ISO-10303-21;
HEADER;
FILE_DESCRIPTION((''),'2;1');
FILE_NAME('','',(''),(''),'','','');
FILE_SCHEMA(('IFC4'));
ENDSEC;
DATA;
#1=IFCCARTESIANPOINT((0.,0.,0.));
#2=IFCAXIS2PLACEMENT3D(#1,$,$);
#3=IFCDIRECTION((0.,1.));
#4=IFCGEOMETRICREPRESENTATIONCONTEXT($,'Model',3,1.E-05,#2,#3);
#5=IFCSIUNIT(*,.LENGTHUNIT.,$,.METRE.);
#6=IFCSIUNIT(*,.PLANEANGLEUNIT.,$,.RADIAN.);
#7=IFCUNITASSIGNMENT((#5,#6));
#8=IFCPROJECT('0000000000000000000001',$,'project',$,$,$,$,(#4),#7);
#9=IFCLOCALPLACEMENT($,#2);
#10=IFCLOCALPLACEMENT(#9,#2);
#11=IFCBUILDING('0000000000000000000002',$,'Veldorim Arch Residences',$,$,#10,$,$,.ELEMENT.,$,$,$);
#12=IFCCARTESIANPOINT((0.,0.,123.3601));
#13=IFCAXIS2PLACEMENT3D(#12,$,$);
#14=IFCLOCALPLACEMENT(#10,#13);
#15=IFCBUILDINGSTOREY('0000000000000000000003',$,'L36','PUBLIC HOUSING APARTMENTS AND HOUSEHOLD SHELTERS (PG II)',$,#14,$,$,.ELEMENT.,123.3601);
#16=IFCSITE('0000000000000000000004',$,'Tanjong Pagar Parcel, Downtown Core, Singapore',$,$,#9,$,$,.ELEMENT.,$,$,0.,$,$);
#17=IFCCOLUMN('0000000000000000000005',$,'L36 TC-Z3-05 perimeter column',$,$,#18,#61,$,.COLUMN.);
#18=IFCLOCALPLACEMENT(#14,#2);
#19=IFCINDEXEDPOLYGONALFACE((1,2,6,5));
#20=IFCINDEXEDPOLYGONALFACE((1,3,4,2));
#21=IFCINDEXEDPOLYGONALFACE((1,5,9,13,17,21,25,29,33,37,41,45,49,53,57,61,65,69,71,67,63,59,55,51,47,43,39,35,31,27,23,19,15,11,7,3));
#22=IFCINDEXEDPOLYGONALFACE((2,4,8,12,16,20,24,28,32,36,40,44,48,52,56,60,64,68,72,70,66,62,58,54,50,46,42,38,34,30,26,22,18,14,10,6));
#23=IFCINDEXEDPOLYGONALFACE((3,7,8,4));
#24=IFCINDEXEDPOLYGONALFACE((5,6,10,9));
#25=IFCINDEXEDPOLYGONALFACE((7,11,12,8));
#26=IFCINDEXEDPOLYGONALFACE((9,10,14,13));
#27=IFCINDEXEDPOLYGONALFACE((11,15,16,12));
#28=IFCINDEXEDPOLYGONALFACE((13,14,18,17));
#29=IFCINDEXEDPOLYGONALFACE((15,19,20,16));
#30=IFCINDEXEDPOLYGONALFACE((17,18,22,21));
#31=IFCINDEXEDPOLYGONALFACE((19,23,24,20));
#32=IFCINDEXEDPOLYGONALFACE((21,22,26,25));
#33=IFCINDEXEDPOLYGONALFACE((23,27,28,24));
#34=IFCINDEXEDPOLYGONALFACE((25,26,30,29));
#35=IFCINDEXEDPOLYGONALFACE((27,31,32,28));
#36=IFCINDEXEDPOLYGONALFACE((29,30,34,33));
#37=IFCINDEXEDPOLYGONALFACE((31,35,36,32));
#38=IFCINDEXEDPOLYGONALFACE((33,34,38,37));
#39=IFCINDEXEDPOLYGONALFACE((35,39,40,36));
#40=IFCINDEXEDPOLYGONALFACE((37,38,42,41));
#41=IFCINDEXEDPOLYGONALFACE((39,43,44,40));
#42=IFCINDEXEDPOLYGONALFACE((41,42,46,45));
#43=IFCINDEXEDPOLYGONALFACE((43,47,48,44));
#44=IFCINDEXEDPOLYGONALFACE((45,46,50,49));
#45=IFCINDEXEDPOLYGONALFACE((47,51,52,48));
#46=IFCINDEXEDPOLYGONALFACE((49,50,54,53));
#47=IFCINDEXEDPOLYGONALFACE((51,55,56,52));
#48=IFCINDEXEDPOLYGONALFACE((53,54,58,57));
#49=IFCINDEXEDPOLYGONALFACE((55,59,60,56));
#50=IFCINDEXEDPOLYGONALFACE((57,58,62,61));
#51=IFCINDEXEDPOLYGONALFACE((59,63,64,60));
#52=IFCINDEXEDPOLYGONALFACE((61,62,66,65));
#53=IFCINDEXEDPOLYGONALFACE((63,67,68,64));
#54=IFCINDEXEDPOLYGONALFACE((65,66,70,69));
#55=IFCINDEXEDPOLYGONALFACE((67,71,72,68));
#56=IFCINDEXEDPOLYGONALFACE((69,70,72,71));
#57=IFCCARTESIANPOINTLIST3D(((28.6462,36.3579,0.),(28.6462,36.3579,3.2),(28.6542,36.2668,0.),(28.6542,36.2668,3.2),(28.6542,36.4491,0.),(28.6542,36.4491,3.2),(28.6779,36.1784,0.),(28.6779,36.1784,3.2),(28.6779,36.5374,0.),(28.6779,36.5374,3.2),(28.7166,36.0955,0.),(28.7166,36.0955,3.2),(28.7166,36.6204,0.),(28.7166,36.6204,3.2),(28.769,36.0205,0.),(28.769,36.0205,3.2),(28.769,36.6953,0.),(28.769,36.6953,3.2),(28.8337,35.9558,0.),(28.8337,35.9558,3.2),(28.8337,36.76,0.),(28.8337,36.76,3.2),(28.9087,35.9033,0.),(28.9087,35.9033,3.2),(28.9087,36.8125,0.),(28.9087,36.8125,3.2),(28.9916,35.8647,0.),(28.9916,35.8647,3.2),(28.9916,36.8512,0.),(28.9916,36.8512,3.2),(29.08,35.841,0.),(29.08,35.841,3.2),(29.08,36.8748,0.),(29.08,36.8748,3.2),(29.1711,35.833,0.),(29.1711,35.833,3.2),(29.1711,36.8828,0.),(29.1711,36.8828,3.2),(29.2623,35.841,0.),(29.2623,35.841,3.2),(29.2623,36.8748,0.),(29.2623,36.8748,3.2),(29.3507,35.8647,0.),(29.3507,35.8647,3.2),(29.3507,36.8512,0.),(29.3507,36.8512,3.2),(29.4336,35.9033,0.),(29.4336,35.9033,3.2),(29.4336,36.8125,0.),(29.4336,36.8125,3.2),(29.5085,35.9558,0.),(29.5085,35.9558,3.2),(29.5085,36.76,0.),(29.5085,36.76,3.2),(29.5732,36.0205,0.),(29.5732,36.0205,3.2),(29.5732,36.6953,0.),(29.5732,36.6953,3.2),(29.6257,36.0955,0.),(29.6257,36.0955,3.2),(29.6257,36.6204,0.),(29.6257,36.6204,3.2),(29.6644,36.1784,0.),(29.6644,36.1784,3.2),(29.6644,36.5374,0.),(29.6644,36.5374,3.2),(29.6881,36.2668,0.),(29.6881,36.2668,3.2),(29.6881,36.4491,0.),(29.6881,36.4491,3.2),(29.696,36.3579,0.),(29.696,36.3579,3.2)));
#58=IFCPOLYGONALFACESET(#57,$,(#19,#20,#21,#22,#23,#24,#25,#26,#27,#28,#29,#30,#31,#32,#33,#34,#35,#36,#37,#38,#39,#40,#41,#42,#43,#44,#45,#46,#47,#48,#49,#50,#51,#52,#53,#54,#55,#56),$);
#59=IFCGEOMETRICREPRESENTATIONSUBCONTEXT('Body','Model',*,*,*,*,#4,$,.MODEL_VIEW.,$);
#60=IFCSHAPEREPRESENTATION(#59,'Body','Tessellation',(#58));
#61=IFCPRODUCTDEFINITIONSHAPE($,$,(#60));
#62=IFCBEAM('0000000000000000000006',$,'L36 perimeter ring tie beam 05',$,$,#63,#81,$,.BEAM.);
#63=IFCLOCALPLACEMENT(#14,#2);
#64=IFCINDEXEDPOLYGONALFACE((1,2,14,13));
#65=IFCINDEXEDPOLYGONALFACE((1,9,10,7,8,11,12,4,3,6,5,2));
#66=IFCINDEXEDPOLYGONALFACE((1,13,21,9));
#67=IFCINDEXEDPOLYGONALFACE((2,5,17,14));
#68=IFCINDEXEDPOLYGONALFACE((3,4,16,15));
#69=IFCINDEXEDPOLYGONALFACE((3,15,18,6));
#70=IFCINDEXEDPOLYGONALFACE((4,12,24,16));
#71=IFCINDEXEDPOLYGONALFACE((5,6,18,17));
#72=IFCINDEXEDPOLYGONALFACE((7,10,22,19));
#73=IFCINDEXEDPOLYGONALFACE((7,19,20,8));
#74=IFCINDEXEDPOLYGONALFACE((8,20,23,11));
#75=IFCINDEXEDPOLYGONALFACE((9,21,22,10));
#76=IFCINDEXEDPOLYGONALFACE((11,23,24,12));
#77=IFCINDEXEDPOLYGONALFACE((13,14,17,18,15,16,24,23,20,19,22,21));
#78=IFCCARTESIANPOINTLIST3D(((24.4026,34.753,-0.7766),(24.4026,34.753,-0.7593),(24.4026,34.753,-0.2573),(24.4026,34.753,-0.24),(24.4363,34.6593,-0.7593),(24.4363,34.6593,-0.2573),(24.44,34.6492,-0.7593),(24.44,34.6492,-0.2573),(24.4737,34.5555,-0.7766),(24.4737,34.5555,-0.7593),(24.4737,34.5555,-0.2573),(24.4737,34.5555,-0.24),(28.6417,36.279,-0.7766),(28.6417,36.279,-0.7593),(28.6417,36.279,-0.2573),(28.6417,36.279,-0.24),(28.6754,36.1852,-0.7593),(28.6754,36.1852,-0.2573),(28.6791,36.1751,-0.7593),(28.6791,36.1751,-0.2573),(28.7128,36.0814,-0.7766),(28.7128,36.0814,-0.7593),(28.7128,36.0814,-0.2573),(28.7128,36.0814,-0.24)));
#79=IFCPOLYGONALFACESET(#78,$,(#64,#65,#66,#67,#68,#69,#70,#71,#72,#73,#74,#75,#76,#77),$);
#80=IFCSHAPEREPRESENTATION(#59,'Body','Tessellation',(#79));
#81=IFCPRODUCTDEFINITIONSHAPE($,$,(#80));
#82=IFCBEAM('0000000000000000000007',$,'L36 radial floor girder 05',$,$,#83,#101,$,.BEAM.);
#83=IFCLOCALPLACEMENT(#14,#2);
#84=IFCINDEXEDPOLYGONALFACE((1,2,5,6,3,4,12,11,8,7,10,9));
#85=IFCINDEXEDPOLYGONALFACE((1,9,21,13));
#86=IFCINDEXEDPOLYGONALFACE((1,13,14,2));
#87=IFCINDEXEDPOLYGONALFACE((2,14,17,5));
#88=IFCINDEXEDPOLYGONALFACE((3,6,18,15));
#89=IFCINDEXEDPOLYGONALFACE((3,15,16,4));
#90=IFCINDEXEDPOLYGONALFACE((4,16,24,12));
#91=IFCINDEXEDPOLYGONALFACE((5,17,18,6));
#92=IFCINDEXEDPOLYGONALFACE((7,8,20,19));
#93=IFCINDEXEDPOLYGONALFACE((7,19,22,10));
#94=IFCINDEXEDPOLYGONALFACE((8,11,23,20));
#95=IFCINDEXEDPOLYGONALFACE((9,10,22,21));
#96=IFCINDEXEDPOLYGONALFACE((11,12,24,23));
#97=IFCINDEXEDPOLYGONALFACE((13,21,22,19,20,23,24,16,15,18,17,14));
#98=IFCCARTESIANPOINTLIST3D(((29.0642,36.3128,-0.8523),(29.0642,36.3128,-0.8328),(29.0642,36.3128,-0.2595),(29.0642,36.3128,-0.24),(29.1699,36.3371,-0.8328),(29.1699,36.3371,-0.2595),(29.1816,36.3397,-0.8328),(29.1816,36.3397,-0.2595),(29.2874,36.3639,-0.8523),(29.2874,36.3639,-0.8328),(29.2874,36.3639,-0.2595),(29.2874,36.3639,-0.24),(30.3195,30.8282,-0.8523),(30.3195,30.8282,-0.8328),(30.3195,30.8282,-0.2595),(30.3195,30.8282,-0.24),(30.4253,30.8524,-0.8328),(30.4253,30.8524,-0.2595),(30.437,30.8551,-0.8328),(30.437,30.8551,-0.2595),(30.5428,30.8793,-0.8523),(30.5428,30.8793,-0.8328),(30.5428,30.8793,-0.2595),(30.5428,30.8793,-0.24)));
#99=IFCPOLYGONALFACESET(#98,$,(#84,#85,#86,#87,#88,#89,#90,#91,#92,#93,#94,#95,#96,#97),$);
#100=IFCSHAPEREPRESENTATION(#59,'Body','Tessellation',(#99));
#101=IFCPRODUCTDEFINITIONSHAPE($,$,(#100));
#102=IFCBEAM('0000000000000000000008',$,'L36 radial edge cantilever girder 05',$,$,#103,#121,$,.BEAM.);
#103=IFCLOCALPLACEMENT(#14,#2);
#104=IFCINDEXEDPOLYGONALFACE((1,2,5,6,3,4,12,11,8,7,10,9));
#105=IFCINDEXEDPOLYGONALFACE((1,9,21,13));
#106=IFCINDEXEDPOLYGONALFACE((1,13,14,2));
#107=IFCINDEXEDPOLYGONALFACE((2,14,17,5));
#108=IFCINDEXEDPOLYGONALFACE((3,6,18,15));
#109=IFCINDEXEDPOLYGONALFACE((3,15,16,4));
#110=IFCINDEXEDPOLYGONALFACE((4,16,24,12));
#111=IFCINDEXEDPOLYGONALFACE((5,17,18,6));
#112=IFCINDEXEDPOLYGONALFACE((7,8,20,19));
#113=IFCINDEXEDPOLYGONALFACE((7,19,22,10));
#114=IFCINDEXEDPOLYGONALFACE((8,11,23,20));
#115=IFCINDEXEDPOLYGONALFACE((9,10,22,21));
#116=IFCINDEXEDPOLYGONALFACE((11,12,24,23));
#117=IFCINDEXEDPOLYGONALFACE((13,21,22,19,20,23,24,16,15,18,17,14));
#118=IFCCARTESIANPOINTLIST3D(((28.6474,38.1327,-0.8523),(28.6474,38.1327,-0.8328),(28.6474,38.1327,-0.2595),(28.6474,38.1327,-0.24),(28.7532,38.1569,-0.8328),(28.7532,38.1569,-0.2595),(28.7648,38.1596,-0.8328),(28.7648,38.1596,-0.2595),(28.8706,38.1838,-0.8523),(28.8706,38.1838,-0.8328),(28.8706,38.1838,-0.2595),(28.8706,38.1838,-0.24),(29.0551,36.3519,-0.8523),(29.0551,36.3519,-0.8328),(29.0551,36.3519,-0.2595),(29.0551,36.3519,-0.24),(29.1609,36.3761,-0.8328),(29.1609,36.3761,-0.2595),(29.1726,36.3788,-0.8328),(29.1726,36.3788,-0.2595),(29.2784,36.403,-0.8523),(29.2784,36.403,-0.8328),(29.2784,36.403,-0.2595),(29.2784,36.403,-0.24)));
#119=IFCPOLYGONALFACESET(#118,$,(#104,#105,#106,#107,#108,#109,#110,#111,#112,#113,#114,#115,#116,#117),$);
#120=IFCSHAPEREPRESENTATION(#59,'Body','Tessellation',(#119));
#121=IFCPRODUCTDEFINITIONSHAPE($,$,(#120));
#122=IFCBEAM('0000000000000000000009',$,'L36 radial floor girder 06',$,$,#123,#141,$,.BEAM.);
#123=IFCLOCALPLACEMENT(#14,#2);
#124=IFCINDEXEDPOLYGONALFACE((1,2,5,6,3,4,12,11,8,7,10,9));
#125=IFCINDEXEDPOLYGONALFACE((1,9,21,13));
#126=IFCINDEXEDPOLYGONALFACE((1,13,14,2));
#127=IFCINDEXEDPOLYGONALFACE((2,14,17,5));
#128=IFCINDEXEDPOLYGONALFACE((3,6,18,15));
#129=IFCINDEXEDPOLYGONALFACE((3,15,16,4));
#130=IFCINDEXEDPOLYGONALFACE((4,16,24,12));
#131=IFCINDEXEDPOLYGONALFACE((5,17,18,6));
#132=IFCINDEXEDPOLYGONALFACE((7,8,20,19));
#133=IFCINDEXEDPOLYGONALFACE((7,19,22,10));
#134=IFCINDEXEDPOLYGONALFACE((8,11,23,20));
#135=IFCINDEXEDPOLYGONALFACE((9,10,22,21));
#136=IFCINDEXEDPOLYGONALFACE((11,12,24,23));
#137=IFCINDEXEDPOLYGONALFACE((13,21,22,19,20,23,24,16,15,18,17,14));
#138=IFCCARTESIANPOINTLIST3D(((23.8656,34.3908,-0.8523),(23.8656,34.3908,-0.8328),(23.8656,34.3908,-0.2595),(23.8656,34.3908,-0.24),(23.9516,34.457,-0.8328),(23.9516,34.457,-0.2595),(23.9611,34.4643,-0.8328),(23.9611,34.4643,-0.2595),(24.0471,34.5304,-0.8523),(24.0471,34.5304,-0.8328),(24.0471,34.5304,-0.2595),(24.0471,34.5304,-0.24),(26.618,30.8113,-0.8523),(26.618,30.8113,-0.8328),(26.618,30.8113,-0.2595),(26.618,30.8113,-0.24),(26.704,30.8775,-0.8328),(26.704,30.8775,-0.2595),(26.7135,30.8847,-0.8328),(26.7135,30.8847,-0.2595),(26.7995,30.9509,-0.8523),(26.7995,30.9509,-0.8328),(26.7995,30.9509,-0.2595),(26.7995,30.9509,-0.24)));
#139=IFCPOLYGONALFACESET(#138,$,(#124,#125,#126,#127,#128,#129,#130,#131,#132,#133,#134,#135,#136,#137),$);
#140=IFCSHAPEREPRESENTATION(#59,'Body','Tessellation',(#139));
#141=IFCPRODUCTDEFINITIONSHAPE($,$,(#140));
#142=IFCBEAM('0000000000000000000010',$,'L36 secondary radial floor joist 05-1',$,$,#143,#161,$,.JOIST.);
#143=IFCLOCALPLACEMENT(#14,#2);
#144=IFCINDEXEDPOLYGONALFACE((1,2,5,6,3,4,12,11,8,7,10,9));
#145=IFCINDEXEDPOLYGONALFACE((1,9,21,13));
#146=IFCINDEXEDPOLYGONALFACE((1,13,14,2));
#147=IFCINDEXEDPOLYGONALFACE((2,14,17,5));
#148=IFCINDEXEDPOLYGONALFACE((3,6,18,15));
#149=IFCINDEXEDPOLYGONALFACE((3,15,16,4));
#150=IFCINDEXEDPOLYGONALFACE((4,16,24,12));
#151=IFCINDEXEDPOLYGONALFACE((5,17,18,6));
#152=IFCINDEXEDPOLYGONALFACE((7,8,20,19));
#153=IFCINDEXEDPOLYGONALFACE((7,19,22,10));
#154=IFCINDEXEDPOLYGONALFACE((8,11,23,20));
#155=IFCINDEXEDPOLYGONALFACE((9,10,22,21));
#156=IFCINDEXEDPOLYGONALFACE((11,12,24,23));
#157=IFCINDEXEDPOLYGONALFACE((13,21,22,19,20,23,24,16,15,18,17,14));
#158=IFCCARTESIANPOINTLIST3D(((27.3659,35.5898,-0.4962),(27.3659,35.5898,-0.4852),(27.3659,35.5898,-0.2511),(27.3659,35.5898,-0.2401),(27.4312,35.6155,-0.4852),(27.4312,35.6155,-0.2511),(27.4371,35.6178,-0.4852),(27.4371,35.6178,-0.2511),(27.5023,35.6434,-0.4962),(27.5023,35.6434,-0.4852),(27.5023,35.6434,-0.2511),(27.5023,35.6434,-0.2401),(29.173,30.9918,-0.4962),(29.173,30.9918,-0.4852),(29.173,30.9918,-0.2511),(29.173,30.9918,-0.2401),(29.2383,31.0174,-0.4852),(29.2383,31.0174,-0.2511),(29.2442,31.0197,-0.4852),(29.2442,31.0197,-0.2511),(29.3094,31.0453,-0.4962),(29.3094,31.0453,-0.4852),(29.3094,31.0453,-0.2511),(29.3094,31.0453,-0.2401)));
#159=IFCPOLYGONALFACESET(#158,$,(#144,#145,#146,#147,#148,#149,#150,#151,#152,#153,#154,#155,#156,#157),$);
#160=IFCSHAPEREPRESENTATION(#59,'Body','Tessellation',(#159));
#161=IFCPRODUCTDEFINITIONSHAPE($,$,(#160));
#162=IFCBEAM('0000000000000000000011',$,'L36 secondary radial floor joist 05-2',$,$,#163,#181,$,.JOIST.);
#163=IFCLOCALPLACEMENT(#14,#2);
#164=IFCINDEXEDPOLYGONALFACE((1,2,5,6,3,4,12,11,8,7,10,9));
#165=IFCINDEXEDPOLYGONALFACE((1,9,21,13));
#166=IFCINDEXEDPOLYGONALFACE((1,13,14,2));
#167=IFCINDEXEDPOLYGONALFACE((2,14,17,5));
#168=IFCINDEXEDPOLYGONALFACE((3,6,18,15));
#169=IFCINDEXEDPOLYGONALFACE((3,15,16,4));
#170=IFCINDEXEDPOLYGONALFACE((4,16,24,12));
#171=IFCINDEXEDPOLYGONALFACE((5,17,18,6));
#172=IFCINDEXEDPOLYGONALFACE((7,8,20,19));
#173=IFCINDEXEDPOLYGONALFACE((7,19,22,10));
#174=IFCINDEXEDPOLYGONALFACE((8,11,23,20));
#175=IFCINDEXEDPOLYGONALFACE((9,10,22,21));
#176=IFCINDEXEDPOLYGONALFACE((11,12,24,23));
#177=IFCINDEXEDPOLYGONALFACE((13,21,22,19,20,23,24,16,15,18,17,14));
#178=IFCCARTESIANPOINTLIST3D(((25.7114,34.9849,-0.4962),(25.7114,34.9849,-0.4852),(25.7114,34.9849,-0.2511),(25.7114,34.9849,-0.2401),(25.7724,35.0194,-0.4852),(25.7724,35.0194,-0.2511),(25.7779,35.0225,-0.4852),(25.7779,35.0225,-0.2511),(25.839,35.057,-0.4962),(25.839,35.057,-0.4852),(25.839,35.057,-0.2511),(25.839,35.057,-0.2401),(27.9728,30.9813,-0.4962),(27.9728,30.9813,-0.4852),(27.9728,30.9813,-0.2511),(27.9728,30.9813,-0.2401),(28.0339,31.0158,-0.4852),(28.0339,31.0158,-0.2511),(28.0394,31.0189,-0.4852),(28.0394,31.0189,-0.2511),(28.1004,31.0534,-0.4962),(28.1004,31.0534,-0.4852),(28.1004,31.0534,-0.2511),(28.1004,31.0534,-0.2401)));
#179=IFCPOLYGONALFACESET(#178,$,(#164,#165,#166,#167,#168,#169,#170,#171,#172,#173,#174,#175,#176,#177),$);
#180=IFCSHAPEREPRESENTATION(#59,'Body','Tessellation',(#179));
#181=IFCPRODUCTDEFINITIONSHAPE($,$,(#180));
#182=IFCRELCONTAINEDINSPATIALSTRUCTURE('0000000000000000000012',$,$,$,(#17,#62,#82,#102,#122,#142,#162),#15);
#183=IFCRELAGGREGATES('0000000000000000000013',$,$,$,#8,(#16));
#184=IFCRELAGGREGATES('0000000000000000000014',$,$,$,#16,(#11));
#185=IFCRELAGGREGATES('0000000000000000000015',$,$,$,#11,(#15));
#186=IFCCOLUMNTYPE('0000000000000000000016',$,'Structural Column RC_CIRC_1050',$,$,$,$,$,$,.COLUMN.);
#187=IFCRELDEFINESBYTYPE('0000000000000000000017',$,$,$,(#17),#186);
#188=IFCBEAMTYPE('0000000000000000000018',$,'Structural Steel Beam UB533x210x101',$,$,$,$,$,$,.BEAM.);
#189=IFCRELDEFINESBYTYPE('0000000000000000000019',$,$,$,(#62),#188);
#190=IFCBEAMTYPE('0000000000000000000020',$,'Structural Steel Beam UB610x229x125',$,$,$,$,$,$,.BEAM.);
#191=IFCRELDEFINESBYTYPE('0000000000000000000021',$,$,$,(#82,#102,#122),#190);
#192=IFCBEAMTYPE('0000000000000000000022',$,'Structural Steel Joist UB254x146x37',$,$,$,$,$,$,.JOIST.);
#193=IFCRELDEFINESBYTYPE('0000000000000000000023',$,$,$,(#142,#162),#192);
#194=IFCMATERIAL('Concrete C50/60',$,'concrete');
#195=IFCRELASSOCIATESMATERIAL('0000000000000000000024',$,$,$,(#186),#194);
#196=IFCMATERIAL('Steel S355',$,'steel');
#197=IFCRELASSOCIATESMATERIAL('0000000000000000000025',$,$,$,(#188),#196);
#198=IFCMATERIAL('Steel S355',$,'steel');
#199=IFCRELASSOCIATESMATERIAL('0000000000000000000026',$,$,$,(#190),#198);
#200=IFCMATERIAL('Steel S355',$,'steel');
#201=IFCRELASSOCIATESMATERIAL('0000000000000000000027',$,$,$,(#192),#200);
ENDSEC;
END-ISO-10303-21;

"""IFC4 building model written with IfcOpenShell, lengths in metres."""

from ifc_helpers import new_model, si_unit, direction, frame, origin, origin_2d, place, context, subcontext, project, spatial, circle, i_section, extrude, material, material_profile, profile_set, type_object, element, save


model = new_model("IFC4")

# Units and contexts
model_context = context("Model", 3, precision=1e-05, world=origin(), true_north=direction((0.0, 1.0)))
body_context = subcontext(model_context, "Body", "Model", "MODEL_VIEW")
ifc_project = project(units=[si_unit("LENGTHUNIT", "METRE"), si_unit("PLANEANGLEUNIT", "RADIAN")], contexts=[model_context])

# Site, building, storey
site_placement = place(None, origin())
site = spatial("IfcSite", under=ifc_project, at=site_placement, Name="Tanjong Pagar Parcel, Downtown Core, Singapore", CompositionType="ELEMENT", RefElevation=0.0)
building_placement = place(site_placement, origin())
building = spatial("IfcBuilding", under=site, at=building_placement, Name="Veldorim Arch Residences", CompositionType="ELEMENT")
storey_placement = place(building_placement, frame((0.0, 0.0, 123.3601)))
storey = spatial("IfcBuildingStorey", under=building, at=storey_placement, Name="L36", Description="PUBLIC HOUSING APARTMENTS AND HOUSEHOLD SHELTERS (PG II)", CompositionType="ELEMENT", Elevation=123.3601)

# Column
ifc_material_1 = material(Name="Concrete C50/60", Category="concrete")
ifc_material_profile_1 = material_profile(ifc_material_1, circle(Radius=0.5249, at=origin_2d()), Name="RC_CIRC_1050")
ifc_profile_set_1 = profile_set([ifc_material_profile_1], Name="Concrete C50/60")
column_type = type_object("IfcColumnType", Name="Structural Column RC_CIRC_1050", PredefinedType="COLUMN", material=ifc_profile_set_1)
column_placement = place(storey_placement, frame((29.1711, 36.3579, 0.0), z_axis=(0.0, 0.0, 1.0), x_axis=(1.0, 0.0, 0.0)))
element("IfcColumn", 1, at=column_placement, inside=storey, type_object=column_type, Name="L36 TC-Z3-05 perimeter column", PredefinedType="COLUMN", context=body_context, shape_type="SweptSolid", body=[
    extrude(circle(Radius=0.5249, at=origin_2d()), origin(), (0.0, 0.0, 1.0), 3.2),
])

# Beams
ifc_material_2 = material(Name="Steel S355", Category="steel")
ifc_material_profile_2 = material_profile(ifc_material_2, i_section(OverallWidth=0.21, OverallDepth=0.5366, WebThickness=0.0107, FlangeThickness=0.0173, at=origin_2d()), Name="UB533x210x101")
ifc_profile_set_2 = profile_set([ifc_material_profile_2], Name="Steel S355")
beam_type_1 = type_object("IfcBeamType", Name="Structural Steel Beam UB533x210x101", PredefinedType="BEAM", material=ifc_profile_set_2)
beam_1_placement = place(storey_placement, frame((28.6772, 36.1802, -0.5083), z_axis=(-0.940899, -0.338687, 0.0), x_axis=(0.338687, -0.940899, 0.0)))
element("IfcBeam", 2, at=beam_1_placement, inside=storey, type_object=beam_type_1, Name="L36 perimeter ring tie beam 05", PredefinedType="BEAM", context=body_context, shape_type="SweptSolid", body=[
    extrude(i_section(OverallWidth=0.21, OverallDepth=0.5366, WebThickness=0.0107, FlangeThickness=0.0173, at=origin_2d()), origin(), (0.0, 0.0, 1.0), 4.5054),
])
ifc_material_3 = material(Name="Steel S355", Category="steel")
ifc_material_profile_3 = material_profile(ifc_material_3, i_section(OverallWidth=0.229, OverallDepth=0.6123, WebThickness=0.012, FlangeThickness=0.0195, at=origin_2d()), Name="UB610x229x125")
ifc_profile_set_3 = profile_set([ifc_material_profile_3], Name="Steel S355")
beam_type_2 = type_object("IfcBeamType", Name="Structural Steel Beam UB610x229x125", PredefinedType="BEAM", material=ifc_profile_set_3)
beam_2_placement = place(storey_placement, frame((30.4312, 30.8538, -0.5461), z_axis=(-0.223119, 0.974791, 0.0), x_axis=(-0.974791, -0.223119, 0.0)))
element("IfcBeam", 3, at=beam_2_placement, inside=storey, type_object=beam_type_2, Name="L36 radial floor girder 05", PredefinedType="BEAM", context=body_context, shape_type="SweptSolid", body=[
    extrude(i_section(OverallWidth=0.229, OverallDepth=0.6123, WebThickness=0.012, FlangeThickness=0.0195, at=origin_2d()), origin(), (0.0, 0.0, 1.0), 5.6265),
])
beam_3_placement = place(storey_placement, frame((29.1667, 36.3774, -0.5461), z_axis=(-0.22318, 0.974777, 0.0), x_axis=(-0.974777, -0.22318, 0.0)))
element("IfcBeam", 4, at=beam_3_placement, inside=storey, type_object=beam_type_2, Name="L36 radial edge cantilever girder 05", PredefinedType="BEAM", context=body_context, shape_type="SweptSolid", body=[
    extrude(i_section(OverallWidth=0.229, OverallDepth=0.6123, WebThickness=0.012, FlangeThickness=0.0195, at=origin_2d()), origin(), (0.0, 0.0, 1.0), 1.8269),
])
beam_4_placement = place(storey_placement, frame((26.7087, 30.8811, -0.5461), z_axis=(-0.609559, 0.792741, 0.0), x_axis=(-0.792741, -0.609559, 0.0)))
element("IfcBeam", 5, at=beam_4_placement, inside=storey, type_object=beam_type_2, Name="L36 radial floor girder 06", PredefinedType="BEAM", context=body_context, shape_type="SweptSolid", body=[
    extrude(i_section(OverallWidth=0.229, OverallDepth=0.6123, WebThickness=0.012, FlangeThickness=0.0195, at=origin_2d()), origin(), (0.0, 0.0, 1.0), 4.5154),
])
ifc_material_4 = material(Name="Steel S355", Category="steel")
ifc_material_profile_4 = material_profile(ifc_material_4, i_section(OverallWidth=0.1465, OverallDepth=0.2561, WebThickness=0.0063, FlangeThickness=0.011, at=origin_2d()), Name="UB254x146x37")
ifc_profile_set_4 = profile_set([ifc_material_profile_4], Name="Steel S355")
beam_type_3 = type_object("IfcBeamType", Name="Structural Steel Joist UB254x146x37", PredefinedType="JOIST", material=ifc_profile_set_4)
beam_5_placement = place(storey_placement, frame((29.2412, 31.0186, -0.3682), z_axis=(-0.365778, 0.930702, 0.0), x_axis=(-0.930702, -0.365778, 0.0)))
element("IfcBeam", 6, at=beam_5_placement, inside=storey, type_object=beam_type_3, Name="L36 secondary radial floor joist 05-1", PredefinedType="JOIST", context=body_context, shape_type="SweptSolid", body=[
    extrude(i_section(OverallWidth=0.1465, OverallDepth=0.2561, WebThickness=0.0063, FlangeThickness=0.011, at=origin_2d()), origin(), (0.0, 0.0, 1.0), 4.9404),
])
beam_6_placement = place(storey_placement, frame((28.0366, 31.0173, -0.3682), z_axis=(-0.491816, 0.870699, 0.0), x_axis=(-0.870699, -0.491816, 0.0)))
element("IfcBeam", 7, at=beam_6_placement, inside=storey, type_object=beam_type_3, Name="L36 secondary radial floor joist 05-2", PredefinedType="JOIST", context=body_context, shape_type="SweptSolid", body=[
    extrude(i_section(OverallWidth=0.1465, OverallDepth=0.2561, WebThickness=0.0063, FlangeThickness=0.011, at=origin_2d()), origin(), (0.0, 0.0, 1.0), 4.5981),
])

save(model, "model.ifc")
